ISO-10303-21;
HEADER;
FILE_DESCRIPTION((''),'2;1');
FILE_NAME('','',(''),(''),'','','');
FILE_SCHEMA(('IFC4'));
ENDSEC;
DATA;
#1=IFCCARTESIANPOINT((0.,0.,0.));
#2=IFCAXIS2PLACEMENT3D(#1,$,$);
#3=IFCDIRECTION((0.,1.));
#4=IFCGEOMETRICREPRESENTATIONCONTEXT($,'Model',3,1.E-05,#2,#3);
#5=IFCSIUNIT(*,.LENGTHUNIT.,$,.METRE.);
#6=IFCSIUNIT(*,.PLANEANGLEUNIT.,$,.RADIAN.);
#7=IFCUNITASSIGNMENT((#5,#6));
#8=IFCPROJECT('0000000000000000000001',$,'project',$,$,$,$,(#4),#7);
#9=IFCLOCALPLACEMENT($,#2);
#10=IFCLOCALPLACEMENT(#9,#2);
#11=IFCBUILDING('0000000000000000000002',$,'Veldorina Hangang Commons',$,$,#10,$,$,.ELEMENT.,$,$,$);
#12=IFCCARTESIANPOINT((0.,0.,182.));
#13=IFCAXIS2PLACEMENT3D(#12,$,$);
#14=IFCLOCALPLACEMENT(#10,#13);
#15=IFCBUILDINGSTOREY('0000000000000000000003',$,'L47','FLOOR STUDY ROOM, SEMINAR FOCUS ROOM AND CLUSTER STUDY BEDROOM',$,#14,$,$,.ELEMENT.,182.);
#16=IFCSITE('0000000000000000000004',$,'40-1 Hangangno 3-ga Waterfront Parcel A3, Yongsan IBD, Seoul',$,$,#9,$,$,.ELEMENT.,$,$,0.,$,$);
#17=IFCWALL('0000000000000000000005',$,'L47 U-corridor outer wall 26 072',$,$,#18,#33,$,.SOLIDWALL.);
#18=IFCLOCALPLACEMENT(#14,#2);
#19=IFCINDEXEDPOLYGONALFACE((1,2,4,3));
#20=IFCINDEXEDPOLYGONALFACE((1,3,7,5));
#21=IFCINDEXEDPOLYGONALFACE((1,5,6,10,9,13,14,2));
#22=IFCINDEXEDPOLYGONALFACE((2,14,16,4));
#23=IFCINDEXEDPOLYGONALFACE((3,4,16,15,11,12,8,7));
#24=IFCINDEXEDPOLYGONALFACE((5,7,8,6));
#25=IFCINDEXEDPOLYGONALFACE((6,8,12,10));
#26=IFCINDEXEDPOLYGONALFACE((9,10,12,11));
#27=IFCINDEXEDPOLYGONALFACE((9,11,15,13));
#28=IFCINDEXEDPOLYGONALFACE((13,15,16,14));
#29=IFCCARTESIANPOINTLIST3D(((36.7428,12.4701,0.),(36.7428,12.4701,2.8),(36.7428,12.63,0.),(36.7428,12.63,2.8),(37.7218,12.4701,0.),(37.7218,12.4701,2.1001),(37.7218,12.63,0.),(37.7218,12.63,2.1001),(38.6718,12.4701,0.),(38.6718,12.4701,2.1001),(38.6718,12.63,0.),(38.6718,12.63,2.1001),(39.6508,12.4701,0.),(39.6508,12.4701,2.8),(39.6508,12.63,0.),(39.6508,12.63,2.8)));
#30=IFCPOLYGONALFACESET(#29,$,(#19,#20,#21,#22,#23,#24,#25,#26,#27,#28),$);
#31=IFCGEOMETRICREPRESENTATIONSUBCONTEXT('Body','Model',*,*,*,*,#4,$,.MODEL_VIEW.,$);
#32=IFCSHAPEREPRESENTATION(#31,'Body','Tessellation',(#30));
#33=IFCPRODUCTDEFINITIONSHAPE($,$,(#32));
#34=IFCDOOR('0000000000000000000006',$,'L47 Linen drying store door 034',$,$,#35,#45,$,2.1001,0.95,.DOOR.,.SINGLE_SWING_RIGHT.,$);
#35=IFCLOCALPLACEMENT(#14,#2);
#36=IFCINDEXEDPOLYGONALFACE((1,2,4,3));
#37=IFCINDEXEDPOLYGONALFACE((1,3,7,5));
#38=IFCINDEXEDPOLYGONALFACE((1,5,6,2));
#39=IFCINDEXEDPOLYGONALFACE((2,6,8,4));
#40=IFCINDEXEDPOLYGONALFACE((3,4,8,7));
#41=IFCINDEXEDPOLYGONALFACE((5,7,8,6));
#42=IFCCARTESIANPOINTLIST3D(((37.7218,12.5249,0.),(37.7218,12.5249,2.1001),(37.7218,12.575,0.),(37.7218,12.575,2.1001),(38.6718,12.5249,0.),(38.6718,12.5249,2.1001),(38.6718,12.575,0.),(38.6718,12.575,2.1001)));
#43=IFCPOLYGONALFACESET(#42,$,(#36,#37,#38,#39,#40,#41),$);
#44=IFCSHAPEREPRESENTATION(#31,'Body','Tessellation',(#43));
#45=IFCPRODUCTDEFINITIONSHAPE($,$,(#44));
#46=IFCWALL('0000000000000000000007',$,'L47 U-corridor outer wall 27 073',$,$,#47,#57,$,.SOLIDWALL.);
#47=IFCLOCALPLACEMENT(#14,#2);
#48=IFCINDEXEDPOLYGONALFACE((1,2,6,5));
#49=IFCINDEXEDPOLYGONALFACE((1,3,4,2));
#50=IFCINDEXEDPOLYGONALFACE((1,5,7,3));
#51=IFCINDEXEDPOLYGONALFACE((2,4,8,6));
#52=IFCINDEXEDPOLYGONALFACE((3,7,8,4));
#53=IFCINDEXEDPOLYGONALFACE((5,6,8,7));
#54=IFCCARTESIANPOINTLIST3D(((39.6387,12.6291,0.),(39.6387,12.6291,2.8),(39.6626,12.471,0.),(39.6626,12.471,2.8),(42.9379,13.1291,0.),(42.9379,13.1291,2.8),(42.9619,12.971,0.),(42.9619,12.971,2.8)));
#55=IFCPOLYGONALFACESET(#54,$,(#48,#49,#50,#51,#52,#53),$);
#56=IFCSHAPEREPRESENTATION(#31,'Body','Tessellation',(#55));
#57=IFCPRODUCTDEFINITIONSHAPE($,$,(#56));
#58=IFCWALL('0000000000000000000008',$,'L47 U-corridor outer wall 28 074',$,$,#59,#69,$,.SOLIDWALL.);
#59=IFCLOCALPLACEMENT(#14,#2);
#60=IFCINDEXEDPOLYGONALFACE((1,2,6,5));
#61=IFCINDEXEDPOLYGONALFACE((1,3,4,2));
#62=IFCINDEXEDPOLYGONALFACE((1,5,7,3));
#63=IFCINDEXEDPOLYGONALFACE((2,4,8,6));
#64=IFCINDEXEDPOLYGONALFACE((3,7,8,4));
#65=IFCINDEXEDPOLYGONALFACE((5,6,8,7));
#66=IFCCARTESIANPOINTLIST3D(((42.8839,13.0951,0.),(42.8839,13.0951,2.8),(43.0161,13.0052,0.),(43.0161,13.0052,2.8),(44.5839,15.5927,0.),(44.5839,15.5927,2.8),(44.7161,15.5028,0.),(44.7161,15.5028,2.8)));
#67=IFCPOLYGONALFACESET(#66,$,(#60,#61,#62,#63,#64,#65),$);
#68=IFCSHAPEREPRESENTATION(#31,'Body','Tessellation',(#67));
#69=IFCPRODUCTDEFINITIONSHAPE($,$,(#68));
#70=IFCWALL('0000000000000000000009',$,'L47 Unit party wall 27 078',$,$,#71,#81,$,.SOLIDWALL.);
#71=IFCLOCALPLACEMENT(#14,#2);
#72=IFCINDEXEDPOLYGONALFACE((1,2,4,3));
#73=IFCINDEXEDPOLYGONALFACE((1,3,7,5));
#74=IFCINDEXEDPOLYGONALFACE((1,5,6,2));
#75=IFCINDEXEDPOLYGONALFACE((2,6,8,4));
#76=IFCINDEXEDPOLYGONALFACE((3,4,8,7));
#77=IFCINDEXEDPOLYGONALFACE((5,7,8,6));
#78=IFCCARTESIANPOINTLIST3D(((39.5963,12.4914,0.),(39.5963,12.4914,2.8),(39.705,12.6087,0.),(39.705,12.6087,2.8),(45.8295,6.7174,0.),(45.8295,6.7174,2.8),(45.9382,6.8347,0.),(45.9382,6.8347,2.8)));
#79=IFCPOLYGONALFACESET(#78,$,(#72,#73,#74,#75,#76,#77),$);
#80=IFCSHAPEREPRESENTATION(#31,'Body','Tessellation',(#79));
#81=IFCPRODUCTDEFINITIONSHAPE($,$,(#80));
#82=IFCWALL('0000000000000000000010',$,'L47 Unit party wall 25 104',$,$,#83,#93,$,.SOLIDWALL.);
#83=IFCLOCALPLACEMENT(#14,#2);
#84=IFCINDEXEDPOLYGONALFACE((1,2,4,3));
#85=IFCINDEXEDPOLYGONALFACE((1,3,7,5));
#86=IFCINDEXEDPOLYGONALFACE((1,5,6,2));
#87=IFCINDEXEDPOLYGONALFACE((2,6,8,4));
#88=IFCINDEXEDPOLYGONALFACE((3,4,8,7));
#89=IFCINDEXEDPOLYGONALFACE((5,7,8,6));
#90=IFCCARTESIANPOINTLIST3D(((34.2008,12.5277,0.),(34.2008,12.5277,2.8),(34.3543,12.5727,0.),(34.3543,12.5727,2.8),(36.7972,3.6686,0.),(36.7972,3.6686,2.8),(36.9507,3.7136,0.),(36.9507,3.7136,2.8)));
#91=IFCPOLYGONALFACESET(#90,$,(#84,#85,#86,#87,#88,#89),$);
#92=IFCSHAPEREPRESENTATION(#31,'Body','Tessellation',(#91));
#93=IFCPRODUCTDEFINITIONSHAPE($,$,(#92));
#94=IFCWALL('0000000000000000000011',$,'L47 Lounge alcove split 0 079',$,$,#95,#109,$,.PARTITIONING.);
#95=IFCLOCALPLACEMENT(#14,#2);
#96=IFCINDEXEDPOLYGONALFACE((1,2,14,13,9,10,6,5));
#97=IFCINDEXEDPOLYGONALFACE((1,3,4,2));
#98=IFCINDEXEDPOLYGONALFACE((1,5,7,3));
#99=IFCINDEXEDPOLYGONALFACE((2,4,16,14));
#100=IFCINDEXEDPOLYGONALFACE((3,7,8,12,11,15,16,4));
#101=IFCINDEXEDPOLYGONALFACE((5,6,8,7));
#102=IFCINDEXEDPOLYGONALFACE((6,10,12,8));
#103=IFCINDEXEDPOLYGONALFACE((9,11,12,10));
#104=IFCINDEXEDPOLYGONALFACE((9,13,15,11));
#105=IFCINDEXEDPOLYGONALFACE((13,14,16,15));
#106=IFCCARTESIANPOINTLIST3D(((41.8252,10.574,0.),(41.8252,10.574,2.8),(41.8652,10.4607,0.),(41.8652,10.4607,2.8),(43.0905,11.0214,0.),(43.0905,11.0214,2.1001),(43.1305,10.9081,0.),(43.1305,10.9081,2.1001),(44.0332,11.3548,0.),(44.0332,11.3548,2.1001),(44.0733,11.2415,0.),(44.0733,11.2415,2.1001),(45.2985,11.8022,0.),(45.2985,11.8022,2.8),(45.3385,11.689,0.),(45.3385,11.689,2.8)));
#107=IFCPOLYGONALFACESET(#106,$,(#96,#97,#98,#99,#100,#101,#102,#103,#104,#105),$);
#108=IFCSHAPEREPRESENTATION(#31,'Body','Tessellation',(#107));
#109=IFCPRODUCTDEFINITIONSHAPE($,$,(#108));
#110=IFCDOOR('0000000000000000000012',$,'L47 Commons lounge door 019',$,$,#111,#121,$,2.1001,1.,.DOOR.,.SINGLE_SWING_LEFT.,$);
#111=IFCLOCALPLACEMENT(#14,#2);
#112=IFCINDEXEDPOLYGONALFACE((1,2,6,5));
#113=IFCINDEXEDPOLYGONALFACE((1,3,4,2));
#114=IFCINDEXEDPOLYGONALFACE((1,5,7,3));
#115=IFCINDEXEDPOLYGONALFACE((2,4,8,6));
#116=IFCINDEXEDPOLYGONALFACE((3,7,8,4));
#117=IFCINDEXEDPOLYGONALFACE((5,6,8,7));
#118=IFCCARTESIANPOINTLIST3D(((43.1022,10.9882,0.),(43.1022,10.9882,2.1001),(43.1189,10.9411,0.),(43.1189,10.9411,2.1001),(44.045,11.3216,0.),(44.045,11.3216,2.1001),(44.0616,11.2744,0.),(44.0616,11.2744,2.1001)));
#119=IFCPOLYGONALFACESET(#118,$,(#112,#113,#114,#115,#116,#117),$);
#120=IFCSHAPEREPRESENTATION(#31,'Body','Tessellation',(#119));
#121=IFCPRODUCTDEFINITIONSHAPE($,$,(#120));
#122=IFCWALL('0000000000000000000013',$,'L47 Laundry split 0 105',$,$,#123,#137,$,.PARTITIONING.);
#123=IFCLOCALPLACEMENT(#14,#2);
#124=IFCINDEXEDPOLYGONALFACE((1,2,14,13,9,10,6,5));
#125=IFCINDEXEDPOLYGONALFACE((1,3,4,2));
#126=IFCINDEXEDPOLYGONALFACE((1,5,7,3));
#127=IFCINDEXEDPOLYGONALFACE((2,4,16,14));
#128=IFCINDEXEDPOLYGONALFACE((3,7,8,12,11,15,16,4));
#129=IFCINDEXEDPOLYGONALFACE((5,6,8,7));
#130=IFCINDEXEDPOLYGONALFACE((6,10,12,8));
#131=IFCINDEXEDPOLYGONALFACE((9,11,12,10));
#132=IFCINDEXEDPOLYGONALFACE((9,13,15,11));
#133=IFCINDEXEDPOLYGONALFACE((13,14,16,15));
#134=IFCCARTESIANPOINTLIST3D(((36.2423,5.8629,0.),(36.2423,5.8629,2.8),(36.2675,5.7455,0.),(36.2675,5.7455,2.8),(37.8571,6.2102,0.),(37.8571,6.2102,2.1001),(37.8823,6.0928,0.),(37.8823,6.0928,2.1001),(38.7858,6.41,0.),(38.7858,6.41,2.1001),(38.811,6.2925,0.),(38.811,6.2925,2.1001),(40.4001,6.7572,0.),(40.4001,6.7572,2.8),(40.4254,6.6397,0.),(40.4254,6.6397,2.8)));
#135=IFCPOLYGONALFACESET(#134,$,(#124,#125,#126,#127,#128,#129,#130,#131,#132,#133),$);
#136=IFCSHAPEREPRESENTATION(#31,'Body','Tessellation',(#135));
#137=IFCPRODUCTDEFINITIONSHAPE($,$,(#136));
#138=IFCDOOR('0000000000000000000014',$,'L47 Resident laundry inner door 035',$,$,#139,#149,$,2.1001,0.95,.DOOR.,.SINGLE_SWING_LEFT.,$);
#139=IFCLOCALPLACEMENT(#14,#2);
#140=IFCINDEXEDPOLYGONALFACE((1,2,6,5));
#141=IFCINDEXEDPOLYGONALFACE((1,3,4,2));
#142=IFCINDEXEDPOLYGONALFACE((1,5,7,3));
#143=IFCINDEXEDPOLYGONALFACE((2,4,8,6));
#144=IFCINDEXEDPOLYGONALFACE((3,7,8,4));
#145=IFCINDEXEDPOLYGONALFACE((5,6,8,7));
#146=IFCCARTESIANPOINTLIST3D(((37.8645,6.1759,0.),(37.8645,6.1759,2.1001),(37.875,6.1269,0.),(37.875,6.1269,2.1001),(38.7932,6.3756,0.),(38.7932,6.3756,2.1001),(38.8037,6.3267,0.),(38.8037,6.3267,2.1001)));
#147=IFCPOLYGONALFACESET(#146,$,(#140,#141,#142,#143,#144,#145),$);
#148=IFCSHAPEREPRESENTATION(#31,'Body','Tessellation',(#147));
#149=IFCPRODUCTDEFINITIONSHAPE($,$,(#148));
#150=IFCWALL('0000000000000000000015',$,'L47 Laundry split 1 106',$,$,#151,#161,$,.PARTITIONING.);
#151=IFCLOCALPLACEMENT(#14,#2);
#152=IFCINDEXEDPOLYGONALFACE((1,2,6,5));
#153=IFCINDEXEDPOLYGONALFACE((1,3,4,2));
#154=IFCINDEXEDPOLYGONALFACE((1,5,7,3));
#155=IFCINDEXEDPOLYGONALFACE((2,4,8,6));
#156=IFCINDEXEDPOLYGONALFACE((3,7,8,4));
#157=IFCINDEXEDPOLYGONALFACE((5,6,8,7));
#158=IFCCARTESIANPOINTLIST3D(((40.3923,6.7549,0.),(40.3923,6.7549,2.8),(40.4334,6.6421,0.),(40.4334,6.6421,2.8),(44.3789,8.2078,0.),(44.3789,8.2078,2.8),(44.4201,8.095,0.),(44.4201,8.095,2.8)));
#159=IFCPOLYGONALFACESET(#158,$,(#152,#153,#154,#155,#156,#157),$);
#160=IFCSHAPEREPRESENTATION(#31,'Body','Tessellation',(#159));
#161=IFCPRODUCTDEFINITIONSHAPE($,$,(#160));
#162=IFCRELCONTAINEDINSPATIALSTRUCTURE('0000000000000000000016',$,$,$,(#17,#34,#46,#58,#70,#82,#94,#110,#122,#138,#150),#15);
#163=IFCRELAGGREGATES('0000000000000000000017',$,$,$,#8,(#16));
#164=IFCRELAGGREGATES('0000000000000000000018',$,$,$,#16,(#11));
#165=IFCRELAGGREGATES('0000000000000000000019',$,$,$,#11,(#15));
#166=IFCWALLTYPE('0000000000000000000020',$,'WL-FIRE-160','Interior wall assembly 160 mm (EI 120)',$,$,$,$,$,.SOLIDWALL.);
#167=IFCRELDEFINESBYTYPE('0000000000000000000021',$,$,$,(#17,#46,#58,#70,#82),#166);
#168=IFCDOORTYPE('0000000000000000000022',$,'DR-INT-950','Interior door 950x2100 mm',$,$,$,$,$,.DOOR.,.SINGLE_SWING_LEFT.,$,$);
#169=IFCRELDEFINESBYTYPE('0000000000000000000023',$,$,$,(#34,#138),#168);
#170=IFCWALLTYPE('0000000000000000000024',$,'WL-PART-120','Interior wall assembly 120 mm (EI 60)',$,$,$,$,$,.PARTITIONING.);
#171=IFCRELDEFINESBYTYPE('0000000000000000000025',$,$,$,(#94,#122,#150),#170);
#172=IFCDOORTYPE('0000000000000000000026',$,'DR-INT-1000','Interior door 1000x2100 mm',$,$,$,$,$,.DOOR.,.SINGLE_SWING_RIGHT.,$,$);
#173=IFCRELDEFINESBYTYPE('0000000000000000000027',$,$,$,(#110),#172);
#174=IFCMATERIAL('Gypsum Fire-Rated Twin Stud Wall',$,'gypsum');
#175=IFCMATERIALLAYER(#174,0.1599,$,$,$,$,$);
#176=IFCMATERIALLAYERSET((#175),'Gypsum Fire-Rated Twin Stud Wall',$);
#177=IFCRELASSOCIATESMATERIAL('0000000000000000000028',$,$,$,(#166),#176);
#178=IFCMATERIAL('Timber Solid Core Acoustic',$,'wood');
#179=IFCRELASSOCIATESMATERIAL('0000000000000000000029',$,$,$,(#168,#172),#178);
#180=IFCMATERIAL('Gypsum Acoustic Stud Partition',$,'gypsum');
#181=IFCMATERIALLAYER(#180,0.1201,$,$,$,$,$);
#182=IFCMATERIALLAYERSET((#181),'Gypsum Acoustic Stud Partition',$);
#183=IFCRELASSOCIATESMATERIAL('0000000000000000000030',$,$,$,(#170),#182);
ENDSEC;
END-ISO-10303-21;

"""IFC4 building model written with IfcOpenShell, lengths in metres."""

from ifc_helpers import new_model, si_unit, direction, frame, frame_2d, origin, place, context, subcontext, project, spatial, rectangle, extrude, material, layer, layer_set, type_object, element, fill, save


model = new_model("IFC4")

# Units and contexts
model_context = context("Model", 3, precision=1e-05, world=origin(), true_north=direction((0.0, 1.0)))
body_context = subcontext(model_context, "Body", "Model", "MODEL_VIEW")
ifc_project = project(units=[si_unit("LENGTHUNIT", "METRE"), si_unit("PLANEANGLEUNIT", "RADIAN")], contexts=[model_context])

# Site, building, storey
site_placement = place(None, origin())
site = spatial("IfcSite", under=ifc_project, at=site_placement, Name="40-1 Hangangno 3-ga Waterfront Parcel A3, Yongsan IBD, Seoul", CompositionType="ELEMENT", RefElevation=0.0)
building_placement = place(site_placement, origin())
building = spatial("IfcBuilding", under=site, at=building_placement, Name="Veldorina Hangang Commons", CompositionType="ELEMENT")
storey_placement = place(building_placement, frame((0.0, 0.0, 182.0)))
storey = spatial("IfcBuildingStorey", under=building, at=storey_placement, Name="L47", Description="FLOOR STUDY ROOM, SEMINAR FOCUS ROOM AND CLUSTER STUDY BEDROOM", CompositionType="ELEMENT", Elevation=182.0)

# Wall, opening, door
ifc_material_1 = material(Name="Gypsum Fire-Rated Twin Stud Wall", Category="gypsum")
ifc_layer_1 = layer(ifc_material_1, 0.1599)
ifc_layer_set_1 = layer_set([ifc_layer_1], Name="Gypsum Fire-Rated Twin Stud Wall")
wall_type_1 = type_object("IfcWallType", Name="WL-FIRE-160", Description="Interior wall assembly 160 mm (EI 120)", PredefinedType="SOLIDWALL", material=ifc_layer_set_1)
wall_1_placement = place(storey_placement, frame((36.7427, 12.55, 0.0), z_axis=(0.0, 0.0, 1.0), x_axis=(1.0, 0.0, 0.0)))
wall_1 = element("IfcWall", 1, at=wall_1_placement, inside=storey, type_object=wall_type_1, Name="L47 U-corridor outer wall 26 072", PredefinedType="SOLIDWALL", context=body_context, shape_type="SweptSolid", body=[
    extrude(rectangle(XDim=2.908, YDim=0.1599, at=frame_2d((1.4541, 0.0))), origin(), (0.0, 0.0, 1.0), 2.8),
])
opening_1_placement = place(wall_1_placement, frame((0.979, 0.0, 0.0)))
opening_1 = element("IfcOpeningElement", 2, at=opening_1_placement, cuts=wall_1, PredefinedType="OPENING", context=body_context, shape_type="SweptSolid", body=[
    extrude(rectangle(XDim=0.95, YDim=2.1001, at=frame_2d((0.4751, 1.05))), frame((0.0, 0.0898, 0.0), z_axis=(0.0, -1.0, 0.0), x_axis=(1.0, 0.0, 0.0)), (0.0, 0.0, 1.0), 0.1799),
])
ifc_material_2 = material(Name="Timber Solid Core Acoustic", Category="wood")
door_type_1 = type_object("IfcDoorType", Name="DR-INT-950", Description="Interior door 950x2100 mm", OperationType="SINGLE_SWING_LEFT", PredefinedType="DOOR", material=ifc_material_2)
door_1_placement = place(opening_1_placement, origin())
door_1 = element("IfcDoor", 3, at=door_1_placement, inside=storey, type_object=door_type_1, Name="L47 Linen drying store door 034", OperationType="SINGLE_SWING_RIGHT", OverallHeight=2.1001, OverallWidth=0.95, PredefinedType="DOOR", context=body_context, shape_type="SweptSolid", body=[
    extrude(rectangle(XDim=0.95, YDim=2.1001, at=frame_2d((0.4751, 1.05))), frame((0.0, 0.0249, 0.0), z_axis=(0.0, -1.0, 0.0), x_axis=(1.0, 0.0, 0.0)), (0.0, 0.0, 1.0), 0.05),
])
fill(opening_1, door_1)

# Walls
wall_2_placement = place(storey_placement, frame((39.6506, 12.55, 0.0), z_axis=(0.0, 0.0, 1.0), x_axis=(0.988711, 0.149836, 0.0)))
element("IfcWall", 4, at=wall_2_placement, inside=storey, type_object=wall_type_1, Name="L47 U-corridor outer wall 27 073", PredefinedType="SOLIDWALL", context=body_context, shape_type="SweptSolid", body=[
    extrude(rectangle(XDim=3.3369, YDim=0.1599, at=frame_2d((1.6685, 0.0))), origin(), (0.0, 0.0, 1.0), 2.8),
])
wall_3_placement = place(storey_placement, frame((42.95, 13.05, 0.0), z_axis=(0.0, 0.0, 1.0), x_axis=(0.562675, 0.826678, 0.0)))
element("IfcWall", 5, at=wall_3_placement, inside=storey, type_object=wall_type_1, Name="L47 U-corridor outer wall 28 074", PredefinedType="SOLIDWALL", context=body_context, shape_type="SweptSolid", body=[
    extrude(rectangle(XDim=3.0212, YDim=0.1599, at=frame_2d((1.5107, 0.0))), origin(), (0.0, 0.0, 1.0), 2.8),
])
wall_4_placement = place(storey_placement, frame((39.6506, 12.55, 0.0), z_axis=(0.0, 0.0, 1.0), x_axis=(0.733615, -0.679566, 0.0)))
element("IfcWall", 6, at=wall_4_placement, inside=storey, type_object=wall_type_1, Name="L47 Unit party wall 27 078", PredefinedType="SOLIDWALL", context=body_context, shape_type="SweptSolid", body=[
    extrude(rectangle(XDim=8.4966, YDim=0.1599, at=frame_2d((4.2483, 0.0))), origin(), (0.0, 0.0, 1.0), 2.8),
])
wall_5_placement = place(storey_placement, frame((34.2776, 12.55, 0.0), z_axis=(0.0, 0.0, 1.0), x_axis=(0.28125, -0.959635, 0.0)))
element("IfcWall", 7, at=wall_5_placement, inside=storey, type_object=wall_type_1, Name="L47 Unit party wall 25 104", PredefinedType="SOLIDWALL", context=body_context, shape_type="SweptSolid", body=[
    extrude(rectangle(XDim=9.2317, YDim=0.1599, at=frame_2d((4.6157, 0.0))), origin(), (0.0, 0.0, 1.0), 2.8),
])

# Walls, openings, doors
ifc_material_3 = material(Name="Gypsum Acoustic Stud Partition", Category="gypsum")
ifc_layer_2 = layer(ifc_material_3, 0.1201)
ifc_layer_set_2 = layer_set([ifc_layer_2], Name="Gypsum Acoustic Stud Partition")
wall_type_2 = type_object("IfcWallType", Name="WL-PART-120", Description="Interior wall assembly 120 mm (EI 60)", PredefinedType="PARTITIONING", material=ifc_layer_set_2)
wall_6_placement = place(storey_placement, frame((41.8452, 10.5173, 0.0), z_axis=(0.0, 0.0, 1.0), x_axis=(0.942788, 0.333392, 0.0)))
wall_6 = element("IfcWall", 8, at=wall_6_placement, inside=storey, type_object=wall_type_2, Name="L47 Lounge alcove split 0 079", PredefinedType="PARTITIONING", context=body_context, shape_type="SweptSolid", body=[
    extrude(rectangle(XDim=3.6841, YDim=0.1201, at=frame_2d((1.842, 0.0))), origin(), (0.0, 0.0, 1.0), 2.8),
])
opening_2_placement = place(wall_6_placement, frame((1.342, 0.0, 0.0)))
opening_2 = element("IfcOpeningElement", 9, at=opening_2_placement, cuts=wall_6, PredefinedType="OPENING", context=body_context, shape_type="SweptSolid", body=[
    extrude(rectangle(XDim=1.0, YDim=2.1001, at=frame_2d((0.5, 1.05))), frame((0.0, 0.0701, 0.0), z_axis=(0.0, -1.0, 0.0), x_axis=(1.0, 0.0, 0.0)), (0.0, 0.0, 1.0), 0.1401),
])
door_type_2 = type_object("IfcDoorType", Name="DR-INT-1000", Description="Interior door 1000x2100 mm", OperationType="SINGLE_SWING_RIGHT", PredefinedType="DOOR", material=ifc_material_2)
door_2_placement = place(opening_2_placement, origin())
door_2 = element("IfcDoor", 10, at=door_2_placement, inside=storey, type_object=door_type_2, Name="L47 Commons lounge door 019", OperationType="SINGLE_SWING_LEFT", OverallHeight=2.1001, OverallWidth=1.0, PredefinedType="DOOR", context=body_context, shape_type="SweptSolid", body=[
    extrude(rectangle(XDim=1.0, YDim=2.1001, at=frame_2d((0.5, 1.05))), frame((0.0, 0.0249, 0.0), z_axis=(0.0, -1.0, 0.0), x_axis=(1.0, 0.0, 0.0)), (0.0, 0.0, 1.0), 0.05),
])
fill(opening_2, door_2)
wall_7_placement = place(storey_placement, frame((36.2549, 5.8042, 0.0), z_axis=(0.0, 0.0, 1.0), x_axis=(0.977643, 0.21027, 0.0)))
wall_7 = element("IfcWall", 11, at=wall_7_placement, inside=storey, type_object=wall_type_2, Name="L47 Laundry split 0 105", PredefinedType="PARTITIONING", context=body_context, shape_type="SweptSolid", body=[
    extrude(rectangle(XDim=4.2529, YDim=0.1201, at=frame_2d((2.1265, 0.0))), origin(), (0.0, 0.0, 1.0), 2.8),
])
opening_3_placement = place(wall_7_placement, frame((1.6516, 0.0, 0.0)))
opening_3 = element("IfcOpeningElement", 12, at=opening_3_placement, cuts=wall_7, PredefinedType="OPENING", context=body_context, shape_type="SweptSolid", body=[
    extrude(rectangle(XDim=0.95, YDim=2.1001, at=frame_2d((0.4751, 1.05))), frame((0.0, 0.0701, 0.0), z_axis=(0.0, -1.0, 0.0), x_axis=(1.0, 0.0, 0.0)), (0.0, 0.0, 1.0), 0.1401),
])
door_3_placement = place(opening_3_placement, origin())
door_3 = element("IfcDoor", 13, at=door_3_placement, inside=storey, type_object=door_type_1, Name="L47 Resident laundry inner door 035", OperationType="SINGLE_SWING_LEFT", OverallHeight=2.1001, OverallWidth=0.95, PredefinedType="DOOR", context=body_context, shape_type="SweptSolid", body=[
    extrude(rectangle(XDim=0.95, YDim=2.1001, at=frame_2d((0.4751, 1.05))), frame((0.0, 0.0249, 0.0), z_axis=(0.0, -1.0, 0.0), x_axis=(1.0, 0.0, 0.0)), (0.0, 0.0, 1.0), 0.05),
])
fill(opening_3, door_3)

# Wall
wall_8_placement = place(storey_placement, frame((40.4128, 6.6985, 0.0), z_axis=(0.0, 0.0, 1.0), x_axis=(0.93955, 0.342413, 0.0)))
element("IfcWall", 14, at=wall_8_placement, inside=storey, type_object=wall_type_2, Name="L47 Laundry split 1 106", PredefinedType="PARTITIONING", context=body_context, shape_type="SweptSolid", body=[
    extrude(rectangle(XDim=4.2432, YDim=0.1201, at=frame_2d((2.1216, 0.0))), origin(), (0.0, 0.0, 1.0), 2.8),
])

save(model, "model.ifc")
